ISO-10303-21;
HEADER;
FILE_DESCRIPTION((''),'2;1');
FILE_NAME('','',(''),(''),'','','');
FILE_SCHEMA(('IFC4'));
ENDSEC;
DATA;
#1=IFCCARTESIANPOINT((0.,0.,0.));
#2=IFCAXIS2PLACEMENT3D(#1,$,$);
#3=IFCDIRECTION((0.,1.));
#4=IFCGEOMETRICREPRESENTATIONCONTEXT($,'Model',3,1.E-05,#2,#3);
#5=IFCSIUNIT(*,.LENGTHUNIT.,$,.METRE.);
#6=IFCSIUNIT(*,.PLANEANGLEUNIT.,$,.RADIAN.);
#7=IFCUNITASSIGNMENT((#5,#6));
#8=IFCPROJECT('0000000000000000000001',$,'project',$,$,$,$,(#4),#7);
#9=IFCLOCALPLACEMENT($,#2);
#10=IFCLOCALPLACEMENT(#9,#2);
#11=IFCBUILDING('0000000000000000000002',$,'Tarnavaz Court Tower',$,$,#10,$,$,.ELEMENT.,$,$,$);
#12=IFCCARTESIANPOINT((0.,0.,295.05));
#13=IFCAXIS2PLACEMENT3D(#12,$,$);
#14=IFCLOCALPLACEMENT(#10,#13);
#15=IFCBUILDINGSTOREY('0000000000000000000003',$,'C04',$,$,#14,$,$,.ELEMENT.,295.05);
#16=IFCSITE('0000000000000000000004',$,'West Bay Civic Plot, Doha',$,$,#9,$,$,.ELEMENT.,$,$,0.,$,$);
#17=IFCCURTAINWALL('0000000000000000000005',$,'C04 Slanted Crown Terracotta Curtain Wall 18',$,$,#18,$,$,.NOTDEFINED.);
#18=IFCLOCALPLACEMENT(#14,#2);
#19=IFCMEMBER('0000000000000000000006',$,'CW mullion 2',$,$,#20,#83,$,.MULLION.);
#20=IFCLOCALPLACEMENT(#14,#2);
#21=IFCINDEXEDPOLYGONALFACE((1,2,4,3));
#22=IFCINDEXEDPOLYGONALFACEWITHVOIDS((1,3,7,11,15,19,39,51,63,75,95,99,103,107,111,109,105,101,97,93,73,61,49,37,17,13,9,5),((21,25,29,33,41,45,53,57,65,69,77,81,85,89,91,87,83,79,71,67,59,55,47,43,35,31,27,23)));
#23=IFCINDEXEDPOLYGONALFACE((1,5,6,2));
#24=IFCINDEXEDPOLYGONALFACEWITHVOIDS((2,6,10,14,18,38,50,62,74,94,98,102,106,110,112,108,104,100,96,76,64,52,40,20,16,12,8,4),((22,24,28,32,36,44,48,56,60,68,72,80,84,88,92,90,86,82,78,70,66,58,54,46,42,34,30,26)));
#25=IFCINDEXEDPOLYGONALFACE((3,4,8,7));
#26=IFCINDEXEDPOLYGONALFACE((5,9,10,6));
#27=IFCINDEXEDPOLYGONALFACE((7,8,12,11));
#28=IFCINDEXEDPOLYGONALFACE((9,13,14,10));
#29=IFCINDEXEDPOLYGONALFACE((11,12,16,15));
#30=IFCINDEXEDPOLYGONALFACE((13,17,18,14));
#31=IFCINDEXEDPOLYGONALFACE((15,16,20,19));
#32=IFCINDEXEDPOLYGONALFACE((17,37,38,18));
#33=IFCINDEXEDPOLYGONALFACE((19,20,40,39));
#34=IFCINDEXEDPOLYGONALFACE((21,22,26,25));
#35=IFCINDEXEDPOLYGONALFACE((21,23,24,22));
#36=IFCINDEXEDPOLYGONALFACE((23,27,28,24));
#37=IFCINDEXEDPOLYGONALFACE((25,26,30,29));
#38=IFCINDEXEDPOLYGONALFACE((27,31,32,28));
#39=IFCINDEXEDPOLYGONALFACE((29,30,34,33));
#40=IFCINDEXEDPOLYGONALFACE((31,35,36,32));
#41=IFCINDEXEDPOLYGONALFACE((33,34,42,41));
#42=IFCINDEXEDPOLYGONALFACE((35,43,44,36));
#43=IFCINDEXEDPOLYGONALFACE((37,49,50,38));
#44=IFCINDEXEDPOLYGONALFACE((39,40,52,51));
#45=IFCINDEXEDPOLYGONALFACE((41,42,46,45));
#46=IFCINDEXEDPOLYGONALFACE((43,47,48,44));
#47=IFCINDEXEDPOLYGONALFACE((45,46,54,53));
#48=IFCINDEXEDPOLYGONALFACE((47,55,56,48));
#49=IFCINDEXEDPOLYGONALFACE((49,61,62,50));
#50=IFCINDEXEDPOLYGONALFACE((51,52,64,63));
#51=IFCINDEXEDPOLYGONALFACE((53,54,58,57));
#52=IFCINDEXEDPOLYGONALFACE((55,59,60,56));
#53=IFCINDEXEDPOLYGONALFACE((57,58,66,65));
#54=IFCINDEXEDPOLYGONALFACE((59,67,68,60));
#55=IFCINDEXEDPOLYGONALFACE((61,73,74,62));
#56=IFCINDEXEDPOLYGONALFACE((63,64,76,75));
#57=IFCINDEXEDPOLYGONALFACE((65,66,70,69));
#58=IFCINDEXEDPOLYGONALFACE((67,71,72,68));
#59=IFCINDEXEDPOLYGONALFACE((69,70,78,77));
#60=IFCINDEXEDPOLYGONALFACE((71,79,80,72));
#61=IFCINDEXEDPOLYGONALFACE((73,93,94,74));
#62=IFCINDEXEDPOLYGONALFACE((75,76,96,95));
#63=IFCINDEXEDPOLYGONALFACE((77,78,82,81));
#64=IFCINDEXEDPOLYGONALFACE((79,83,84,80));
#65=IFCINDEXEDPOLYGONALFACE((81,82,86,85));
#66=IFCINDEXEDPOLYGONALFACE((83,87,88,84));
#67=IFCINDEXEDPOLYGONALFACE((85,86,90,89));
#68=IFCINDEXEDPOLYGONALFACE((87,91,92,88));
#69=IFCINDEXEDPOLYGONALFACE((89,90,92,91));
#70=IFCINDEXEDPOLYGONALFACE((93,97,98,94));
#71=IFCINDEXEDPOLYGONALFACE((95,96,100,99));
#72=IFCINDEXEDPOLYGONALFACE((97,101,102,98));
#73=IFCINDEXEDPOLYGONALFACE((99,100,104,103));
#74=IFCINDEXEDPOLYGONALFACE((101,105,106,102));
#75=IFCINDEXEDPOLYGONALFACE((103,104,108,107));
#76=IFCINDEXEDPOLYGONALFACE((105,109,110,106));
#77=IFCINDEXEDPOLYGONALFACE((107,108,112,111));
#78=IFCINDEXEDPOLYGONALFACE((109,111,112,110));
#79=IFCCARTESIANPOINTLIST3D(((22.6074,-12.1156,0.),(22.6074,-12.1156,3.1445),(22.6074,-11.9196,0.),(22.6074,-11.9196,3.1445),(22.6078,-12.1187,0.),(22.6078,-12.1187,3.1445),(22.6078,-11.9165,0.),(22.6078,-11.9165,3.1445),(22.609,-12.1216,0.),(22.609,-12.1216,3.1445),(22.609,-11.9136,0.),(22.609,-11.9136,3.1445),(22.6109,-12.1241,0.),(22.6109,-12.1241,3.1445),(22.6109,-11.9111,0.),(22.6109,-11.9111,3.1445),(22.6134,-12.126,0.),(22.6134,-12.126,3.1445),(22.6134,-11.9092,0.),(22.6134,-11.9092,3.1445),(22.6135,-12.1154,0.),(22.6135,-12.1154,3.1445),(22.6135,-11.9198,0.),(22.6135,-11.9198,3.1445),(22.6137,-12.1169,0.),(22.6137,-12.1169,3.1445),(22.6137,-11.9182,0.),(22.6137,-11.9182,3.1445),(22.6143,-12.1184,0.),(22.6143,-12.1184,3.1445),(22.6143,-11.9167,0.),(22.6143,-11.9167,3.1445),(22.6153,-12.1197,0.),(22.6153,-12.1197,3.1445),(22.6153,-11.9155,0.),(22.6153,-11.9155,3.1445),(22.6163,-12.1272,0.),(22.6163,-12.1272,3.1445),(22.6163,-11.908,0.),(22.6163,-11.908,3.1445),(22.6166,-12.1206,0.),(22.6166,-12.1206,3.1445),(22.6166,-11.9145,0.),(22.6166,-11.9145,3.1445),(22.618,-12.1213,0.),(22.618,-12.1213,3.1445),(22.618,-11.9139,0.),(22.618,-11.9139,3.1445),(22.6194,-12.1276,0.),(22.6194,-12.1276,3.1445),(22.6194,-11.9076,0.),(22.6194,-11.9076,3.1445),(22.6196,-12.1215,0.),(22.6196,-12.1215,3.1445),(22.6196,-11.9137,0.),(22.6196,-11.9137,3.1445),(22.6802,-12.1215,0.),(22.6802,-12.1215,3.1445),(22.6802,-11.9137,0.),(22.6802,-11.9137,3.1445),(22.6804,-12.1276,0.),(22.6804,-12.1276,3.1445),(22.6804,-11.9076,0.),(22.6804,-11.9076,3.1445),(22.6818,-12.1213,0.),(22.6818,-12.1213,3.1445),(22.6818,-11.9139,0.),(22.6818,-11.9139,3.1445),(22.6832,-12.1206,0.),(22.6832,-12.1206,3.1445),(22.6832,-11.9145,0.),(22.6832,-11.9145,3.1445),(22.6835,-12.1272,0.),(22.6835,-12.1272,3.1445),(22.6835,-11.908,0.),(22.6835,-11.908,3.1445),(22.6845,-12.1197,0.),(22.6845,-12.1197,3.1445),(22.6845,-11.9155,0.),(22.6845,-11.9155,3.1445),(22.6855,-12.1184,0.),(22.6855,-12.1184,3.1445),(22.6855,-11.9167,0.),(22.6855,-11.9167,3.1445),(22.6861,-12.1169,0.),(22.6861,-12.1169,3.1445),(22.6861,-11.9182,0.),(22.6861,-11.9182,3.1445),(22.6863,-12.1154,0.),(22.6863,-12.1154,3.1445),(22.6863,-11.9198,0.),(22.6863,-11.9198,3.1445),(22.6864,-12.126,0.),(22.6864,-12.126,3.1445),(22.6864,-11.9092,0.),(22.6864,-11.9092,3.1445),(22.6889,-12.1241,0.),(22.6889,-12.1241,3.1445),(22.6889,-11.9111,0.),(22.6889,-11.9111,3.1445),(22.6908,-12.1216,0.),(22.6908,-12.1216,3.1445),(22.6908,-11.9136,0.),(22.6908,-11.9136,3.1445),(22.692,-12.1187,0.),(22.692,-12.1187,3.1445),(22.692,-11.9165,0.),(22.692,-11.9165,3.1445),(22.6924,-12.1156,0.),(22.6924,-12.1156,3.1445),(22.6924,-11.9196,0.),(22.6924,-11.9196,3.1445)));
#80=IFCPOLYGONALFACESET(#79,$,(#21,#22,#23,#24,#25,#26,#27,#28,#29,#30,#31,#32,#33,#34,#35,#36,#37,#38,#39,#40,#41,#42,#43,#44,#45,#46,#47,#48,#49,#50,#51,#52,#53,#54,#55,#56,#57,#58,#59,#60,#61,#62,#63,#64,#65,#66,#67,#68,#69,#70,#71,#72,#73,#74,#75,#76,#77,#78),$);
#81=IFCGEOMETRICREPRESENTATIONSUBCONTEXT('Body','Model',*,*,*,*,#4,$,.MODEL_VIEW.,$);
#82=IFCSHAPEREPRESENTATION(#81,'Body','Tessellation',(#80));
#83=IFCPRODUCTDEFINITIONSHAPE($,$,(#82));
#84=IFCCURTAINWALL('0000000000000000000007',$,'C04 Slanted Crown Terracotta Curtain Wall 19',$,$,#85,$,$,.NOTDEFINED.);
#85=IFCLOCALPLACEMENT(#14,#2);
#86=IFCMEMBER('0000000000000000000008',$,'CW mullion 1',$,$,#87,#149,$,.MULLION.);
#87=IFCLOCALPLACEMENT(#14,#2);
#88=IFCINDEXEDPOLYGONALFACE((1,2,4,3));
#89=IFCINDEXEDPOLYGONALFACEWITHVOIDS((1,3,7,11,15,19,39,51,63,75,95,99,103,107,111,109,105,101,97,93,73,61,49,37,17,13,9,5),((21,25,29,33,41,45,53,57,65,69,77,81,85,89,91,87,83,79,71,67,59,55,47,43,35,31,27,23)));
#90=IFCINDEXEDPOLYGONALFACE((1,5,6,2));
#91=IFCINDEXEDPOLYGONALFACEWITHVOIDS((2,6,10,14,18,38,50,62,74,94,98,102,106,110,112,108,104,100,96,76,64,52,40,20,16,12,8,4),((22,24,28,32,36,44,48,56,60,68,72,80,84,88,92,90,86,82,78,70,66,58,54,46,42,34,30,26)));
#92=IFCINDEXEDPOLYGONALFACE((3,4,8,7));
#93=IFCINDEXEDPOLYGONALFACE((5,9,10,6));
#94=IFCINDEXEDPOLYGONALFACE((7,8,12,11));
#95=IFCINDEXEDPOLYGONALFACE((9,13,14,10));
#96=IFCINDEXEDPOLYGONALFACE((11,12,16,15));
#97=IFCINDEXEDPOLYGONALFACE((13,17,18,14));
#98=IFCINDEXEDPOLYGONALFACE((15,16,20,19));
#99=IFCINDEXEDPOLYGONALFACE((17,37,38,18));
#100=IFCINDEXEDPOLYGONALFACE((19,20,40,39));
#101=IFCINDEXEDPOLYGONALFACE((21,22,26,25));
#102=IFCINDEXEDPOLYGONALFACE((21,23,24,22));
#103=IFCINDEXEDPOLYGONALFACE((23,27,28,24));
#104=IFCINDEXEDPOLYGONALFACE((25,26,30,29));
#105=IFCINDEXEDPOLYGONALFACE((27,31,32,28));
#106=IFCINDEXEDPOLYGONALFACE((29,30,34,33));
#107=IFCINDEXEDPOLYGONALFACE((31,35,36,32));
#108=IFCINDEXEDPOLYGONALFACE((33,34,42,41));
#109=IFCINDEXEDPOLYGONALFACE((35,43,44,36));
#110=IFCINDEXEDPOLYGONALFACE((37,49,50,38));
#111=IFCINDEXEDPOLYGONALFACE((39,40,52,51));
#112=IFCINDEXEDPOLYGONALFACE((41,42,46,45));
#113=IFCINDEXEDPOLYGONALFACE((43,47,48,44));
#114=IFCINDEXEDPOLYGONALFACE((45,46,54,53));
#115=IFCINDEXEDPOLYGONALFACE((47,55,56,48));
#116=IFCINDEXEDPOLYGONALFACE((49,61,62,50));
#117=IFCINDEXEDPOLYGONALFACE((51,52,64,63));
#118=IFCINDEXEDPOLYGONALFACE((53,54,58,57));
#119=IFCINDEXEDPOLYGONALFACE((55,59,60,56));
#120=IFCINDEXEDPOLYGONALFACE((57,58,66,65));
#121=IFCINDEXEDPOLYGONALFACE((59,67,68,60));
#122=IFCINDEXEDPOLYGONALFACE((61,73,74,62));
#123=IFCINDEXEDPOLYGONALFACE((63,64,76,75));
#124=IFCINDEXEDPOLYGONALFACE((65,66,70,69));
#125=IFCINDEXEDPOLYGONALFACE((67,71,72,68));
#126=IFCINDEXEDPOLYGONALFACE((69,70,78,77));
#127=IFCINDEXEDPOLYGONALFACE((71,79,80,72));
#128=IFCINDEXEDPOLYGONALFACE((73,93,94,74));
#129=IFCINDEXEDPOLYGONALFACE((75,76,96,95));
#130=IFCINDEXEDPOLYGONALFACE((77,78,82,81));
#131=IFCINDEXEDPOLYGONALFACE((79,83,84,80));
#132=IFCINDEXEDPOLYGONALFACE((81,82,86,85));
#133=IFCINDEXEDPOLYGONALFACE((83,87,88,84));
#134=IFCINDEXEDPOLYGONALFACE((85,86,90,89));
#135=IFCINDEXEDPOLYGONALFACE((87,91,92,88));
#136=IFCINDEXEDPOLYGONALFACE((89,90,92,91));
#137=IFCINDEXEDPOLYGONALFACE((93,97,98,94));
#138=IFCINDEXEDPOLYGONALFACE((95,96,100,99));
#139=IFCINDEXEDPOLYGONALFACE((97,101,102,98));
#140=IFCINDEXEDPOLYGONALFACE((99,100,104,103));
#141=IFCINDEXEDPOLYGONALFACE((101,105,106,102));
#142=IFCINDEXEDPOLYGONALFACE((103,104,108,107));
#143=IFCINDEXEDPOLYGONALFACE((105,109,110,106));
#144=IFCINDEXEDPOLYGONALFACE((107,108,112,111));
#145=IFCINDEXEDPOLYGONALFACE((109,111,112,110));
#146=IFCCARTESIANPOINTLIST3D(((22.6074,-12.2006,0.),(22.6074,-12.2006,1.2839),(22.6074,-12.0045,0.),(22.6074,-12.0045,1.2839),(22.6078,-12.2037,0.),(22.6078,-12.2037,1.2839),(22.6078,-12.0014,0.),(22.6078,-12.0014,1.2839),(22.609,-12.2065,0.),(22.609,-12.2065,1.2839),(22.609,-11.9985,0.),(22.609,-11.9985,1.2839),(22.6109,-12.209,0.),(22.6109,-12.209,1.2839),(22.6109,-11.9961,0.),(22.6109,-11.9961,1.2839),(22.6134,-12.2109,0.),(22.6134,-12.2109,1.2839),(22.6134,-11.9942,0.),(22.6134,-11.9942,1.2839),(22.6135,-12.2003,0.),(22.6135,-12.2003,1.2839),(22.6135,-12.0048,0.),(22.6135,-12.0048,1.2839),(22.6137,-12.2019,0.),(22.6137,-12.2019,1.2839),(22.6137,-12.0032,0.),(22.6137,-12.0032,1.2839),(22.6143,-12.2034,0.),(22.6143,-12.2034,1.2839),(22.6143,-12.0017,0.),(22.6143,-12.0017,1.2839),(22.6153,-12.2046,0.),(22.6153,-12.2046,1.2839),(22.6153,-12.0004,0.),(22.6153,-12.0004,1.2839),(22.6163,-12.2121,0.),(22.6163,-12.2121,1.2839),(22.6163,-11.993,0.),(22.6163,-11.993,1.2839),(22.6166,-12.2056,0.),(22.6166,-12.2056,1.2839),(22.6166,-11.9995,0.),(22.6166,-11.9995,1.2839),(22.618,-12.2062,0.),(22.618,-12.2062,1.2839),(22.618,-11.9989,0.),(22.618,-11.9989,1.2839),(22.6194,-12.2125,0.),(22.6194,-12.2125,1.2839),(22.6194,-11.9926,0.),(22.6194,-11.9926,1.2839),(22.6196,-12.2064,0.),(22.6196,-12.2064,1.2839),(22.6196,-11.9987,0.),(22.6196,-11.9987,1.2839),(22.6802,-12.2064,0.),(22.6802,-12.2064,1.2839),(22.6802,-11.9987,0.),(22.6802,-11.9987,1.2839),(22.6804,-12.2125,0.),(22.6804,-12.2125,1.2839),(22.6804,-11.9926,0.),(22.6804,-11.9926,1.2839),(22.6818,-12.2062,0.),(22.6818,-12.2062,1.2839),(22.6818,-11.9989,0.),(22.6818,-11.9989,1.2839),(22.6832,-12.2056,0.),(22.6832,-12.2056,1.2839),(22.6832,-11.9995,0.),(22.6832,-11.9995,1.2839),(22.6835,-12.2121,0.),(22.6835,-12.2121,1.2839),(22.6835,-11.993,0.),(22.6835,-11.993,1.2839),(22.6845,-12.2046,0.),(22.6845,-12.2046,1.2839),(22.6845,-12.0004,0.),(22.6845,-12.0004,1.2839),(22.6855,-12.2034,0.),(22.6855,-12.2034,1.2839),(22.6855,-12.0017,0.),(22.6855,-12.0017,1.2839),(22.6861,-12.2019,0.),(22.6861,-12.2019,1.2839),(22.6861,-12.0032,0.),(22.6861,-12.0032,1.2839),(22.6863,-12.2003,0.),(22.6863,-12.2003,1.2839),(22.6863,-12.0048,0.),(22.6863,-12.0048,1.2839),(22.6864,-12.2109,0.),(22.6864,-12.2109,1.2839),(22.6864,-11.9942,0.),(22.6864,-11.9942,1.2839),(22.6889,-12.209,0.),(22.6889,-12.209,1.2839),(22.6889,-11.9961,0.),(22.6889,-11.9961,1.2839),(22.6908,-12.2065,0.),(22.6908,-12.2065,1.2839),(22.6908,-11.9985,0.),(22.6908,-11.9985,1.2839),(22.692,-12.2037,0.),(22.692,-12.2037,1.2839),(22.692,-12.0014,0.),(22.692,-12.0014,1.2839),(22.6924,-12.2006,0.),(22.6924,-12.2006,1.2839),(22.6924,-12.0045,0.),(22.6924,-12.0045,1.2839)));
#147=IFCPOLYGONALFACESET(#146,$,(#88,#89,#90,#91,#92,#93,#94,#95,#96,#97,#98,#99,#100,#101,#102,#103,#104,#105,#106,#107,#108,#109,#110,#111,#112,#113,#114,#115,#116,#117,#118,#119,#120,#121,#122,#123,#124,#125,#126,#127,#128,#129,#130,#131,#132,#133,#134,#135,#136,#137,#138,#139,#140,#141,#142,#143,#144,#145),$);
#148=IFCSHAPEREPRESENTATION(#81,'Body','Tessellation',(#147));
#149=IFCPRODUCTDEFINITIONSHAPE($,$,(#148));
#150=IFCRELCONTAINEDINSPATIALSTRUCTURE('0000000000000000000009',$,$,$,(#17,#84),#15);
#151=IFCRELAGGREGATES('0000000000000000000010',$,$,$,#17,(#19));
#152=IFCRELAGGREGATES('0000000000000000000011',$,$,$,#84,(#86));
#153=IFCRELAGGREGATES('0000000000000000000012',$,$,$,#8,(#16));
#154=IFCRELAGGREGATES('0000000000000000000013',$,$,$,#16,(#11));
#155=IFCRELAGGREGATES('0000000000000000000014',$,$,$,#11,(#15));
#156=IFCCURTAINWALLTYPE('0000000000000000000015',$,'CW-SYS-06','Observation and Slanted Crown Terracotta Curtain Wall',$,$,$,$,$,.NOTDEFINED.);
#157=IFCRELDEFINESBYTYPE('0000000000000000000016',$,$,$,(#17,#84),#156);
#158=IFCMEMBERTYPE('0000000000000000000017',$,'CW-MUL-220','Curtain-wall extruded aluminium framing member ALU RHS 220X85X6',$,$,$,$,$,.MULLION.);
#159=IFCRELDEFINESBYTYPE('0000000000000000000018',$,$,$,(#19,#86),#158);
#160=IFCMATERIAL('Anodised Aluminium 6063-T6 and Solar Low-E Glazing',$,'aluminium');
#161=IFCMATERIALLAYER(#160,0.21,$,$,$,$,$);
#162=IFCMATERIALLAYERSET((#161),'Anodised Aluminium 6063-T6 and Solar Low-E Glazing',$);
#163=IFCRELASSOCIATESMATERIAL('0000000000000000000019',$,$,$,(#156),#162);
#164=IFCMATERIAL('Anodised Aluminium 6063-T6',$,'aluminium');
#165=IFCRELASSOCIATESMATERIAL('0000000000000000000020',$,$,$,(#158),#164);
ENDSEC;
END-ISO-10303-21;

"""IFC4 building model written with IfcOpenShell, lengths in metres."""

from ifc_helpers import new_model, si_unit, direction, frame, origin, origin_2d, place, context, subcontext, project, spatial, hollow_rectangle, extrude, material, layer, layer_set, material_profile, profile_set, type_object, element, aggregate, save


model = new_model("IFC4")

# Units and contexts
model_context = context("Model", 3, precision=1e-05, world=origin(), true_north=direction((0.0, 1.0)))
body_context = subcontext(model_context, "Body", "Model", "MODEL_VIEW")
ifc_project = project(units=[si_unit("LENGTHUNIT", "METRE"), si_unit("PLANEANGLEUNIT", "RADIAN")], contexts=[model_context])

# Site, building, storey
site_placement = place(None, origin())
site = spatial("IfcSite", under=ifc_project, at=site_placement, Name="West Bay Civic Plot, Doha", CompositionType="ELEMENT", RefElevation=0.0)
building_placement = place(site_placement, origin())
building = spatial("IfcBuilding", under=site, at=building_placement, Name="Tarnavaz Court Tower", CompositionType="ELEMENT")
storey_placement = place(building_placement, frame((0.0, 0.0, 295.05)))
storey = spatial("IfcBuildingStorey", under=building, at=storey_placement, Name="C04", CompositionType="ELEMENT", Elevation=295.05)

# Shared definitions
ifc_material_1 = material(Name="Anodised Aluminium 6063-T6 and Solar Low-E Glazing", Category="aluminium")
ifc_layer_1 = layer(ifc_material_1, 0.21)
ifc_layer_set_1 = layer_set([ifc_layer_1], Name="Anodised Aluminium 6063-T6 and Solar Low-E Glazing")
curtain_wall_type = type_object("IfcCurtainWallType", Name="CW-SYS-06", Description="Observation and Slanted Crown Terracotta Curtain Wall", PredefinedType="NOTDEFINED", material=ifc_layer_set_1)
ifc_material_2 = material(Name="Anodised Aluminium 6063-T6", Category="aluminium")
ifc_material_profile_1 = material_profile(ifc_material_2, hollow_rectangle(XDim=0.085, YDim=0.22, WallThickness=0.0061, InnerFilletRadius=0.0061, OuterFilletRadius=0.012, at=origin_2d()), Name="ALU RHS 220X85X6")
ifc_profile_set_1 = profile_set([ifc_material_profile_1], Name="Anodised Aluminium 6063-T6")
member_type_1 = type_object("IfcMemberType", Name="CW-MUL-220", Description="Curtain-wall extruded aluminium framing member ALU RHS 220X85X6", PredefinedType="MULLION", material=ifc_profile_set_1)

# Curtain walls, members
curtain_wall_1_placement = place(storey_placement, origin())
curtain_wall_1 = element("IfcCurtainWall", 1, at=curtain_wall_1_placement, inside=storey, type_object=curtain_wall_type, Name="C04 Slanted Crown Terracotta Curtain Wall 18", PredefinedType="NOTDEFINED")
member_1_placement = place(storey_placement, frame((22.6499, -12.0176, 0.0), z_axis=(0.0, 0.0, 1.0), x_axis=(1.0, 0.0, 0.0)))
member_1 = element("IfcMember", 2, at=member_1_placement, type_object=member_type_1, Name="CW mullion 2", PredefinedType="MULLION", context=body_context, shape_type="SweptSolid", body=[
    extrude(hollow_rectangle(XDim=0.085, YDim=0.22, WallThickness=0.0061, InnerFilletRadius=0.0061, OuterFilletRadius=0.012, at=origin_2d()), origin(), (0.0, 0.0, 1.0), 3.1445),
])
curtain_wall_2_placement = place(storey_placement, origin())
curtain_wall_2 = element("IfcCurtainWall", 3, at=curtain_wall_2_placement, inside=storey, type_object=curtain_wall_type, Name="C04 Slanted Crown Terracotta Curtain Wall 19", PredefinedType="NOTDEFINED")
member_2_placement = place(storey_placement, frame((22.6499, -12.1025, 0.0), z_axis=(0.0, 0.0, 1.0), x_axis=(1.0, 0.0, 0.0)))
member_2 = element("IfcMember", 4, at=member_2_placement, type_object=member_type_1, Name="CW mullion 1", PredefinedType="MULLION", context=body_context, shape_type="SweptSolid", body=[
    extrude(hollow_rectangle(XDim=0.085, YDim=0.22, WallThickness=0.0061, InnerFilletRadius=0.0061, OuterFilletRadius=0.012, at=origin_2d()), origin(), (0.0, 0.0, 1.0), 1.2839),
])

aggregate(curtain_wall_1, [member_1])
aggregate(curtain_wall_2, [member_2])

save(model, "model.ifc")
